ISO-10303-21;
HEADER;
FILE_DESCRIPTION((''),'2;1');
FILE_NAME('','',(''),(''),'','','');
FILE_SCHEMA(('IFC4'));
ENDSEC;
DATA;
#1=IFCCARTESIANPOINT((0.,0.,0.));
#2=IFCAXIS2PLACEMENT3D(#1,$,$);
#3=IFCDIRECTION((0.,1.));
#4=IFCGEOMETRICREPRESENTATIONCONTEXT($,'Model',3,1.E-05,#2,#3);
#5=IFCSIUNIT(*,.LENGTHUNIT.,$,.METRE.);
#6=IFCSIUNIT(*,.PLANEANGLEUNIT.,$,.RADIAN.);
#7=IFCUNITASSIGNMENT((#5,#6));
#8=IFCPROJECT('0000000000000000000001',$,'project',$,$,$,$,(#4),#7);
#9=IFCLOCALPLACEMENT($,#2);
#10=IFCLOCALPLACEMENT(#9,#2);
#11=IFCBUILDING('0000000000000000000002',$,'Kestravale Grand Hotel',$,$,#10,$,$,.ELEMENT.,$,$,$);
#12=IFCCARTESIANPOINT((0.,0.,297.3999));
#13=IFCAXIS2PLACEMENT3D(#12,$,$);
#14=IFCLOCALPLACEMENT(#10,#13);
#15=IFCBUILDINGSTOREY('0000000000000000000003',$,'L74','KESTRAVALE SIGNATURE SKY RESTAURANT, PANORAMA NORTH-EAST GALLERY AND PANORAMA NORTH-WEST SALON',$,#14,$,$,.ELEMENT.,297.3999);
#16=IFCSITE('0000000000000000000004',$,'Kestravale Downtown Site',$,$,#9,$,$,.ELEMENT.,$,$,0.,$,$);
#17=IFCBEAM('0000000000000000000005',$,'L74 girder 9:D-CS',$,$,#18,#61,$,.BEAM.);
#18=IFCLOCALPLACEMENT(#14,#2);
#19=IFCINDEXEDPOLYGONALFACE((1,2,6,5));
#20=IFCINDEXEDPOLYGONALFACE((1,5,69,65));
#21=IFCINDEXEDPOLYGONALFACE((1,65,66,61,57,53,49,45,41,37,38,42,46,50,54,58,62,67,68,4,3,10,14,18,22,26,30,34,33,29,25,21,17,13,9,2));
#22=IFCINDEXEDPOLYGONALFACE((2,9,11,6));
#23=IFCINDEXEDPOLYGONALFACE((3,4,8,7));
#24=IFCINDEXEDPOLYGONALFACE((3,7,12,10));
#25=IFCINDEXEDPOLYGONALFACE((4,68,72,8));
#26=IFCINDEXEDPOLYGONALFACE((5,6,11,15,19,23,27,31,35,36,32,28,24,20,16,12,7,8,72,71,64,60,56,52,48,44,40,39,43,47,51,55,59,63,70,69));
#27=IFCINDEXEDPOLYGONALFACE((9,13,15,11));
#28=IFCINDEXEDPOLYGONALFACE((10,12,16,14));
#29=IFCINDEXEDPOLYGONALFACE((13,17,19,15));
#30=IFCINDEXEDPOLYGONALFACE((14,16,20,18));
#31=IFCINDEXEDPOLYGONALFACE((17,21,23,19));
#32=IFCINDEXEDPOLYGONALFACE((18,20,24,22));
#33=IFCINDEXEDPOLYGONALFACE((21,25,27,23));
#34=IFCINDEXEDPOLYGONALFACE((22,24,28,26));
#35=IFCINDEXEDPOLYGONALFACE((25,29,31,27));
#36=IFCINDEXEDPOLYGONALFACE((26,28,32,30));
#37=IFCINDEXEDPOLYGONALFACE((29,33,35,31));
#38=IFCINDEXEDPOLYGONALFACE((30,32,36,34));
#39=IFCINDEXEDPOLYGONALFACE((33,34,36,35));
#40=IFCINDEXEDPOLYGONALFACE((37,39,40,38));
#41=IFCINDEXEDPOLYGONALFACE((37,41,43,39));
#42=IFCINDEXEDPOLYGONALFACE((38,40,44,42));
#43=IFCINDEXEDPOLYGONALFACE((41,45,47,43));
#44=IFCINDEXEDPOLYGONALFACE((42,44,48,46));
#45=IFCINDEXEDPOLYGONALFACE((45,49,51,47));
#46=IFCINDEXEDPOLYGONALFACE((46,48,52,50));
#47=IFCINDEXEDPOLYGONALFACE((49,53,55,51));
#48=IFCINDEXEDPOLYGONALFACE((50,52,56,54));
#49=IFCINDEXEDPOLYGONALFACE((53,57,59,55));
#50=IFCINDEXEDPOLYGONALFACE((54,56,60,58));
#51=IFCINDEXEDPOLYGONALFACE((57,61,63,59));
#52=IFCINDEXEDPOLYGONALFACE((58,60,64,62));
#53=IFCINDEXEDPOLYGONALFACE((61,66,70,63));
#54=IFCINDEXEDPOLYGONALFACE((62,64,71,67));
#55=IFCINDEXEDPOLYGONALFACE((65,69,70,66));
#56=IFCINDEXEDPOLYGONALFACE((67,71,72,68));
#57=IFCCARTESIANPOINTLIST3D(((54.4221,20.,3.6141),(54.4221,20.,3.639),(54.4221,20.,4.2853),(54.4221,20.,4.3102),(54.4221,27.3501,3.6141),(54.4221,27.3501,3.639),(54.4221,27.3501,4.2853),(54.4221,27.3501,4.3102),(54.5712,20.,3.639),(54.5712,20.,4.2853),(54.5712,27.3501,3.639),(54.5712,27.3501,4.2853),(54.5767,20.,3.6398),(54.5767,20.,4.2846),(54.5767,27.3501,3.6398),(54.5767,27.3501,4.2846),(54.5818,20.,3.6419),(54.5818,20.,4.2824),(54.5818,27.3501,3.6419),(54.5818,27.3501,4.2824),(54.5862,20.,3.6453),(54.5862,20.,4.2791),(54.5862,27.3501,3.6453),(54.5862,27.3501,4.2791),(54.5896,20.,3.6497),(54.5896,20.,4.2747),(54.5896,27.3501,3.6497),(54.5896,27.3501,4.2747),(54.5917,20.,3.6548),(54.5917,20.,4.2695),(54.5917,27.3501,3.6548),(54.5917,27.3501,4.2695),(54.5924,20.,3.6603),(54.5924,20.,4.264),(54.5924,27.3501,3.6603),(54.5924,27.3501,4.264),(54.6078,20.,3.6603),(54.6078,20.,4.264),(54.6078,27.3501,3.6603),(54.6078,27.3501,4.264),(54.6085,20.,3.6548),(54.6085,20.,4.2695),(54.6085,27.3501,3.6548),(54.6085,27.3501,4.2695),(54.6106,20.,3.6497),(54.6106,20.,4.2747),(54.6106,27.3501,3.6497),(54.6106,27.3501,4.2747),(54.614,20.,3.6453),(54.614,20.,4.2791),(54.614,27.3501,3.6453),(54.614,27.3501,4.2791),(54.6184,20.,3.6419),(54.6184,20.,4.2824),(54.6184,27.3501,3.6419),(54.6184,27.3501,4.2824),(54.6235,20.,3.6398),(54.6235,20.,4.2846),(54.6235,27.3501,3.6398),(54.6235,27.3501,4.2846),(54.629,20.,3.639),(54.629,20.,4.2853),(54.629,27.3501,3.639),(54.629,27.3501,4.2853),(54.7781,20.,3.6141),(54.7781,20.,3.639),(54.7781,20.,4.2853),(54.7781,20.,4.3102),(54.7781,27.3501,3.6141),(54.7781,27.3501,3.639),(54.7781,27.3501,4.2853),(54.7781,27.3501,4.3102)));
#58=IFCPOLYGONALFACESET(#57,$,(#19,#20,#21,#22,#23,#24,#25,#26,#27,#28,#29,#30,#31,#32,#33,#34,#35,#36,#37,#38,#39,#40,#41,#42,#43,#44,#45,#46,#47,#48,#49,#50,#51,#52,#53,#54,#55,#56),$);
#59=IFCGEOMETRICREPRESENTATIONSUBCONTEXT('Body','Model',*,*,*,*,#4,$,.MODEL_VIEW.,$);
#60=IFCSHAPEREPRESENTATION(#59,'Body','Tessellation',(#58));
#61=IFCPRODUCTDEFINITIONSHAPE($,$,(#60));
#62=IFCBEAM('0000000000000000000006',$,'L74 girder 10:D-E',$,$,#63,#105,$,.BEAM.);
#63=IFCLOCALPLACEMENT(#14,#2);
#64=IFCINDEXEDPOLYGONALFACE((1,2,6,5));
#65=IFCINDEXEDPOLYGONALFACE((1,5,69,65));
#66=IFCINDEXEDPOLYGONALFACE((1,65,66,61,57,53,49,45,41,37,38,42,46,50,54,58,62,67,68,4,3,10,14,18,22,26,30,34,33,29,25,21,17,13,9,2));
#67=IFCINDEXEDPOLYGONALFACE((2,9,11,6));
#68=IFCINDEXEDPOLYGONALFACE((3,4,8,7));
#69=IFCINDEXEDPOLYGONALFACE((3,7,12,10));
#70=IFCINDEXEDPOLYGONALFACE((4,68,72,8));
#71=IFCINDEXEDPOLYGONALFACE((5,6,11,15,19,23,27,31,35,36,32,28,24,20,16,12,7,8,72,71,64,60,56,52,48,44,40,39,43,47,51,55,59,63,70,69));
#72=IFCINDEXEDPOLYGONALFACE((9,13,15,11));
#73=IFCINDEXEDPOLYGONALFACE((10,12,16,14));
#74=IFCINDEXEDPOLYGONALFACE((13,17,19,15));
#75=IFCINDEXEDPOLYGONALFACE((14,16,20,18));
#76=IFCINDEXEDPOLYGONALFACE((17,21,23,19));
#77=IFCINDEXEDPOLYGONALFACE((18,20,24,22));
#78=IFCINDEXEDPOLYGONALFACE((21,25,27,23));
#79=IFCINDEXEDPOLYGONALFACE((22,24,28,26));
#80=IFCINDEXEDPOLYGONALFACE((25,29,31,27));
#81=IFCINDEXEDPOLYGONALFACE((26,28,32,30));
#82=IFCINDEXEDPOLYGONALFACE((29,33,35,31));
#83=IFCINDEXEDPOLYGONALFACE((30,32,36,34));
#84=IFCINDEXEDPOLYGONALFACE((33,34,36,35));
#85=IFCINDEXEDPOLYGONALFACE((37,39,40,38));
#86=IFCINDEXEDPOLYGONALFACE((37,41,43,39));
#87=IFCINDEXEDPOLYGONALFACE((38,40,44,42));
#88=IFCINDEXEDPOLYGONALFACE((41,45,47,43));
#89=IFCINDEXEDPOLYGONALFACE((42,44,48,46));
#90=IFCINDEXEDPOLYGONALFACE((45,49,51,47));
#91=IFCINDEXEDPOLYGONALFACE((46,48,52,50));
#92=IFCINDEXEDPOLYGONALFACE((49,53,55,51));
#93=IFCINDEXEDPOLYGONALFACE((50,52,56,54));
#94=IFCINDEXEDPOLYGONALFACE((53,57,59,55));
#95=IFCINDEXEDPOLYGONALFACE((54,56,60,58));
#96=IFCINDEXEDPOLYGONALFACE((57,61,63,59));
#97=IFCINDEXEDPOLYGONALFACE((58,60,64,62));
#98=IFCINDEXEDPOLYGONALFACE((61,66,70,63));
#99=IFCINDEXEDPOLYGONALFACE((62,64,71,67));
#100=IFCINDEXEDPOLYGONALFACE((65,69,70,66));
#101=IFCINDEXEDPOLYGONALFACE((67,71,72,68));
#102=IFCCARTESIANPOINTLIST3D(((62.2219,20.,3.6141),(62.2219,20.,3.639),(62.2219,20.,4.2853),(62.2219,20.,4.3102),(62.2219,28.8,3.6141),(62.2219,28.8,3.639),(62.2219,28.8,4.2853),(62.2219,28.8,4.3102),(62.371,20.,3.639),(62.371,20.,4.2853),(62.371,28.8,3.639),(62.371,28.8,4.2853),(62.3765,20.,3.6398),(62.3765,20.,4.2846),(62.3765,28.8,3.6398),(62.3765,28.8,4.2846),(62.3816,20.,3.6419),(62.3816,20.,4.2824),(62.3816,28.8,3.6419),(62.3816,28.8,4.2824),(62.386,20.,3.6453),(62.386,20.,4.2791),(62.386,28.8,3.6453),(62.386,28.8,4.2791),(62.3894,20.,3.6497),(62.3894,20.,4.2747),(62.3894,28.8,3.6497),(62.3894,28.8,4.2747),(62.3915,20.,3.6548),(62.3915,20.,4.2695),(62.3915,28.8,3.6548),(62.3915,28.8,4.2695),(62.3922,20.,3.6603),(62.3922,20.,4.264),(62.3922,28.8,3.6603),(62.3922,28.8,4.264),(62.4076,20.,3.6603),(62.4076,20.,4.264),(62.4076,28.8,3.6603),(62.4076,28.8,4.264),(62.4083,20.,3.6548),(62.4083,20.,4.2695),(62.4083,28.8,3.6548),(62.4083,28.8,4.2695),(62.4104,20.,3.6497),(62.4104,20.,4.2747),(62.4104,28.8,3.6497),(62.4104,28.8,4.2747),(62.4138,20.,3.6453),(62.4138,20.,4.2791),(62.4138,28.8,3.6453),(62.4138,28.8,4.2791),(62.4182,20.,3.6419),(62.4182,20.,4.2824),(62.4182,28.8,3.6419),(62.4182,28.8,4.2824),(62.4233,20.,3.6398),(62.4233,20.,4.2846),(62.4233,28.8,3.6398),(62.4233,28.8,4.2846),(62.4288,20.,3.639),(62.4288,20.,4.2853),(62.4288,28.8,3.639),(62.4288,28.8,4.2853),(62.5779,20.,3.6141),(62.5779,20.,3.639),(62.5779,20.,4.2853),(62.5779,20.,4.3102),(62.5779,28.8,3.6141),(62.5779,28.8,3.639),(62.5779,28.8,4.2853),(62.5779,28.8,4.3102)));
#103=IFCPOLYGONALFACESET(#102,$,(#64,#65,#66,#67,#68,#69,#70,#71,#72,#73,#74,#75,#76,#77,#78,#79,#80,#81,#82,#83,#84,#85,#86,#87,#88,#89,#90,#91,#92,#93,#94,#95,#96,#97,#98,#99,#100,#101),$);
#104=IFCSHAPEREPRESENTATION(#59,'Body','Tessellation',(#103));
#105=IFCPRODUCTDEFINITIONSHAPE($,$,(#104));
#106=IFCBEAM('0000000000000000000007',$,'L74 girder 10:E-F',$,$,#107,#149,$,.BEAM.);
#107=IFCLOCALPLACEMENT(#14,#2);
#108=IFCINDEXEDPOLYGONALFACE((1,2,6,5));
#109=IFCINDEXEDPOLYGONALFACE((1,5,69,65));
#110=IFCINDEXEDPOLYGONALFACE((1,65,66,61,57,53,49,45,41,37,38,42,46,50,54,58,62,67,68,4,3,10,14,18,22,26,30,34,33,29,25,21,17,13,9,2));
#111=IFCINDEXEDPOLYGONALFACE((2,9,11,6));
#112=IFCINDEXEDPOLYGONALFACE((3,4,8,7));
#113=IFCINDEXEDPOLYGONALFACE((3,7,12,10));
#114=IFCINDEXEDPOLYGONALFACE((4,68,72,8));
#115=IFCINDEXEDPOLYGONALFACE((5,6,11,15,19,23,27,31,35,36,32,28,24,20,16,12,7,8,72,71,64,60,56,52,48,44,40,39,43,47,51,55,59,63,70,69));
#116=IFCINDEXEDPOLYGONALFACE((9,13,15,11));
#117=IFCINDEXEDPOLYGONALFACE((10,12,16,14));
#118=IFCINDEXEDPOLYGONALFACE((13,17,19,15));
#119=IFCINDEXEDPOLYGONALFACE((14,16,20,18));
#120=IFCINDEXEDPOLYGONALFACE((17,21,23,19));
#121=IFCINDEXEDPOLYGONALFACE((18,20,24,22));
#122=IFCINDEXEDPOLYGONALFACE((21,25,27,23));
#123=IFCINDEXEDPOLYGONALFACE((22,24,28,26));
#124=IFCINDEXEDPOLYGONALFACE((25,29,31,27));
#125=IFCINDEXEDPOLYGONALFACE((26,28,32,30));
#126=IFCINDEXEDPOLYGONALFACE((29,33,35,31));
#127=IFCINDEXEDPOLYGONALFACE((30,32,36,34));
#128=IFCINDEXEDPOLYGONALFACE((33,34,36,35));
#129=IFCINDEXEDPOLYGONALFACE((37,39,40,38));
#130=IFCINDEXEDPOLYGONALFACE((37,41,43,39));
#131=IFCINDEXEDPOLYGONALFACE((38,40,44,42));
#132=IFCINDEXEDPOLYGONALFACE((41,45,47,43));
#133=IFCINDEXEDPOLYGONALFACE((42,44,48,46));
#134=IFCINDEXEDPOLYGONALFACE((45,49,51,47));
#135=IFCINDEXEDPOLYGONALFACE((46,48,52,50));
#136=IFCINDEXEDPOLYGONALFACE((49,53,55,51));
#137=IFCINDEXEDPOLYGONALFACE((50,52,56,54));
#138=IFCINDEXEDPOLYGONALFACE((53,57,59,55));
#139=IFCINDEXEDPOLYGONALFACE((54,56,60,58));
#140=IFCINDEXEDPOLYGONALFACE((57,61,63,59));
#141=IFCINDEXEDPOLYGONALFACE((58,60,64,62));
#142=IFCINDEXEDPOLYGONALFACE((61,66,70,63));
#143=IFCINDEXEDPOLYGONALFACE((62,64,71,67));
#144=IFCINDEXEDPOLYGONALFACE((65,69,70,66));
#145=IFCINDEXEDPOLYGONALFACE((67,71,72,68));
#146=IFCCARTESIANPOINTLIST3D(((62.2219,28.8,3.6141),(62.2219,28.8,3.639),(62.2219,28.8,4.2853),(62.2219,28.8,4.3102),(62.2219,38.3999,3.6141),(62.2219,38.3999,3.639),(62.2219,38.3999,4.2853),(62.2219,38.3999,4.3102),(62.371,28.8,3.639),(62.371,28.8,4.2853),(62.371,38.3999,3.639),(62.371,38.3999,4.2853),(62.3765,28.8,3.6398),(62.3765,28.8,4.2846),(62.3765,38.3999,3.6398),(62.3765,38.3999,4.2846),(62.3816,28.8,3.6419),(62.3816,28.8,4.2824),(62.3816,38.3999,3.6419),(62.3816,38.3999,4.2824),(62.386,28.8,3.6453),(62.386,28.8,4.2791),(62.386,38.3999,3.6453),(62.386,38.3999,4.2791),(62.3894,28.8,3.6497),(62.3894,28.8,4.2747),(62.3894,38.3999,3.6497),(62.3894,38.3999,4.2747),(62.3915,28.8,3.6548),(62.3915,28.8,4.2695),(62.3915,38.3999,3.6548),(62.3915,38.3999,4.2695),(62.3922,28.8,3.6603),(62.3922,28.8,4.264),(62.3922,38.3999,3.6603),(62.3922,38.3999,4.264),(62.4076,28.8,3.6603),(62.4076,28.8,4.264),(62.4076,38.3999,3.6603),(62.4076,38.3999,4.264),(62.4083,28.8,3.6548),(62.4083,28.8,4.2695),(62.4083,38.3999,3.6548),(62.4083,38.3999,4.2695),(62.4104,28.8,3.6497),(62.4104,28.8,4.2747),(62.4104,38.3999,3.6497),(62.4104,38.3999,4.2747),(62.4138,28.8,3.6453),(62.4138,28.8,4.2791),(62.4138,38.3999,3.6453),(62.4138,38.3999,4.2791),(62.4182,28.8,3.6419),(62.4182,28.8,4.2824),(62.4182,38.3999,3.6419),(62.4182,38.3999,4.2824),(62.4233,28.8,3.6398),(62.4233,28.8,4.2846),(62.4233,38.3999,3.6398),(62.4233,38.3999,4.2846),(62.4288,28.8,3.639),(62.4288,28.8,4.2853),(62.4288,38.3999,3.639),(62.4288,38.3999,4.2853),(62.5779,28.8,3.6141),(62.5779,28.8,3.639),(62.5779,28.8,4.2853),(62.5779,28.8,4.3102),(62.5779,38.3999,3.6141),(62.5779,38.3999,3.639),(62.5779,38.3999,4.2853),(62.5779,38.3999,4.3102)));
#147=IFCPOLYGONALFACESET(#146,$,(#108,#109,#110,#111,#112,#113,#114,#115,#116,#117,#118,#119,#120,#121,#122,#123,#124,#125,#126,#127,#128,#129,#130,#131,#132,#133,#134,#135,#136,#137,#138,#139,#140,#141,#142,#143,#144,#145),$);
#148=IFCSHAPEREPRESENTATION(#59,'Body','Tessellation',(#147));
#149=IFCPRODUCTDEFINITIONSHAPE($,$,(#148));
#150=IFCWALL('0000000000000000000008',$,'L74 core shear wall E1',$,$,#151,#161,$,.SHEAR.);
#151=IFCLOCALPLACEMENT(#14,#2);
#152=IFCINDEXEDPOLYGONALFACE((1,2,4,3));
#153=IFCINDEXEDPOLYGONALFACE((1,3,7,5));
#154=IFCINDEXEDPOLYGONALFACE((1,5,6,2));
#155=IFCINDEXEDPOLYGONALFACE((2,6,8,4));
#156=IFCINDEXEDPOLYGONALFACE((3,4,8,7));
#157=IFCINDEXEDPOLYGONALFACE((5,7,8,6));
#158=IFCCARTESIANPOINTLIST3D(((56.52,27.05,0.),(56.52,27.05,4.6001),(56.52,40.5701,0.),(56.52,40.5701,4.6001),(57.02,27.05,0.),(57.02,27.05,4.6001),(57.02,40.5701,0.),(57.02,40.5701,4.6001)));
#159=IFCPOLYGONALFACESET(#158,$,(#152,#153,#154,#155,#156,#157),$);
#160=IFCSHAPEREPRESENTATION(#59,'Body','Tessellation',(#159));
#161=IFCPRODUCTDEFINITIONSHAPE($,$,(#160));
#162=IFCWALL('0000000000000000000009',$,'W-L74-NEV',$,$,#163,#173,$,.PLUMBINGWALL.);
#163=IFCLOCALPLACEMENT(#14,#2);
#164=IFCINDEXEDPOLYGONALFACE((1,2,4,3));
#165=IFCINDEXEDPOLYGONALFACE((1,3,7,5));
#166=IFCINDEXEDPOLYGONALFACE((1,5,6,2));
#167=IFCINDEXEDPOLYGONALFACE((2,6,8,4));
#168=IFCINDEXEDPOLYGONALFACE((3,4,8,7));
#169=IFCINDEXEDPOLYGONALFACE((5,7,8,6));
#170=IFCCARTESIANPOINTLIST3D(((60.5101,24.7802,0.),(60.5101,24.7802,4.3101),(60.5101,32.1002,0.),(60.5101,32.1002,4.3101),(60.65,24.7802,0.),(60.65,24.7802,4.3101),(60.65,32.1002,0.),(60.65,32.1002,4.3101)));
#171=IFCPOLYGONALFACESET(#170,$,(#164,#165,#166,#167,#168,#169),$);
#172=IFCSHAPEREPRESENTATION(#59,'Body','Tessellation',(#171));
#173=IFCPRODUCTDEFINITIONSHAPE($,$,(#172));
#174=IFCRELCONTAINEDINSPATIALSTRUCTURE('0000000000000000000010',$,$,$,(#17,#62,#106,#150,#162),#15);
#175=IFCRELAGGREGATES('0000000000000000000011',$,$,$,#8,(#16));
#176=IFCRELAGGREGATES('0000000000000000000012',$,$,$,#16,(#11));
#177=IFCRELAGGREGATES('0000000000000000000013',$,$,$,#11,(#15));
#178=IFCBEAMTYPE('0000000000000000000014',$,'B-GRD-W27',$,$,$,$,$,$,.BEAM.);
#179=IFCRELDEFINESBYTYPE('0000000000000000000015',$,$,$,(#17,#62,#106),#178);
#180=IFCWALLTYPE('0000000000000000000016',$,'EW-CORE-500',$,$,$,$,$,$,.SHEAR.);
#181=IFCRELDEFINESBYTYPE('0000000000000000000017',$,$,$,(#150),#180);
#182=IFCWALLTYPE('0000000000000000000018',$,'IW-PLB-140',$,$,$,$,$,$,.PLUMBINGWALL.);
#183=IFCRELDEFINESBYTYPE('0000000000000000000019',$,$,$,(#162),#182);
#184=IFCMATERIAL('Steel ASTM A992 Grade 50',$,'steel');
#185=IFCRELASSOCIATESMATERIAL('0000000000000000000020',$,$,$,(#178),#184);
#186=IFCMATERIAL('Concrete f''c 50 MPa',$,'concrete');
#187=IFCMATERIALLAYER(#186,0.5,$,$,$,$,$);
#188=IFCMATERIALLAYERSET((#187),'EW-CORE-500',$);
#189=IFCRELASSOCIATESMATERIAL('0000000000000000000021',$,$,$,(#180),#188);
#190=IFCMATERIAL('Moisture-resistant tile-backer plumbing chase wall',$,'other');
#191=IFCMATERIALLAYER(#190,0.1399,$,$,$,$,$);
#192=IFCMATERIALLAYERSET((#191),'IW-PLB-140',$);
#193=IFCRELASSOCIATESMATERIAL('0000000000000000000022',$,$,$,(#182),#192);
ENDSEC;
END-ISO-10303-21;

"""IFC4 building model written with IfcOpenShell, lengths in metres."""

from ifc_helpers import new_model, si_unit, direction, frame, frame_2d, origin, origin_2d, place, context, subcontext, project, spatial, rectangle, i_section, extrude, material, layer, layer_set, material_profile, profile_set, type_object, element, save


model = new_model("IFC4")

# Units and contexts
model_context = context("Model", 3, precision=1e-05, world=origin(), true_north=direction((0.0, 1.0)))
body_context = subcontext(model_context, "Body", "Model", "MODEL_VIEW")
ifc_project = project(units=[si_unit("LENGTHUNIT", "METRE"), si_unit("PLANEANGLEUNIT", "RADIAN")], contexts=[model_context])

# Site, building, storey
site_placement = place(None, origin())
site = spatial("IfcSite", under=ifc_project, at=site_placement, Name="Kestravale Downtown Site", CompositionType="ELEMENT", RefElevation=0.0)
building_placement = place(site_placement, origin())
building = spatial("IfcBuilding", under=site, at=building_placement, Name="Kestravale Grand Hotel", CompositionType="ELEMENT")
storey_placement = place(building_placement, frame((0.0, 0.0, 297.3999)))
storey = spatial("IfcBuildingStorey", under=building, at=storey_placement, Name="L74", Description="KESTRAVALE SIGNATURE SKY RESTAURANT, PANORAMA NORTH-EAST GALLERY AND PANORAMA NORTH-WEST SALON", CompositionType="ELEMENT", Elevation=297.3999)

# Beams
ifc_material_1 = material(Name="Steel ASTM A992 Grade 50", Category="steel")
ifc_material_profile_1 = material_profile(ifc_material_1, i_section(OverallWidth=0.356, OverallDepth=0.696, WebThickness=0.0154, FlangeThickness=0.0249, FilletRadius=0.0212, at=origin_2d()))
ifc_profile_set_1 = profile_set([ifc_material_profile_1], Name="Steel ASTM A992 Grade 50")
beam_type = type_object("IfcBeamType", Name="B-GRD-W27", PredefinedType="BEAM", material=ifc_profile_set_1)
beam_1_placement = place(storey_placement, frame((54.6001, 20.0, 3.9622), z_axis=(0.0, 1.0, 0.0), x_axis=(-1.0, 0.0, 0.0)))
element("IfcBeam", 1, at=beam_1_placement, inside=storey, type_object=beam_type, Name="L74 girder 9:D-CS", PredefinedType="BEAM", context=body_context, shape_type="SweptSolid", body=[
    extrude(i_section(OverallWidth=0.356, OverallDepth=0.696, WebThickness=0.0154, FlangeThickness=0.0249, FilletRadius=0.0212, at=origin_2d()), origin(), (0.0, 0.0, 1.0), 7.3501),
])
beam_2_placement = place(storey_placement, frame((62.3999, 20.0, 3.9622), z_axis=(0.0, 1.0, 0.0), x_axis=(-1.0, 0.0, 0.0)))
element("IfcBeam", 2, at=beam_2_placement, inside=storey, type_object=beam_type, Name="L74 girder 10:D-E", PredefinedType="BEAM", context=body_context, shape_type="SweptSolid", body=[
    extrude(i_section(OverallWidth=0.356, OverallDepth=0.696, WebThickness=0.0154, FlangeThickness=0.0249, FilletRadius=0.0212, at=origin_2d()), origin(), (0.0, 0.0, 1.0), 8.8),
])
beam_3_placement = place(storey_placement, frame((62.3999, 28.8, 3.9622), z_axis=(0.0, 1.0, 0.0), x_axis=(-1.0, 0.0, 0.0)))
element("IfcBeam", 3, at=beam_3_placement, inside=storey, type_object=beam_type, Name="L74 girder 10:E-F", PredefinedType="BEAM", context=body_context, shape_type="SweptSolid", body=[
    extrude(i_section(OverallWidth=0.356, OverallDepth=0.696, WebThickness=0.0154, FlangeThickness=0.0249, FilletRadius=0.0212, at=origin_2d()), origin(), (0.0, 0.0, 1.0), 9.5999),
])

# Walls
ifc_material_2 = material(Name="Concrete f'c 50 MPa", Category="concrete")
ifc_layer_1 = layer(ifc_material_2, 0.5)
ifc_layer_set_1 = layer_set([ifc_layer_1], Name="EW-CORE-500")
wall_type_1 = type_object("IfcWallType", Name="EW-CORE-500", PredefinedType="SHEAR", material=ifc_layer_set_1)
wall_1_placement = place(storey_placement, frame((56.77, 27.05, 0.0), z_axis=(0.0, 0.0, 1.0), x_axis=(0.0, 1.0, 0.0)))
element("IfcWall", 4, at=wall_1_placement, inside=storey, type_object=wall_type_1, Name="L74 core shear wall E1", PredefinedType="SHEAR", context=body_context, shape_type="SweptSolid", body=[
    extrude(rectangle(XDim=13.52, YDim=0.5, at=frame_2d((6.76, 0.0))), origin(), (0.0, 0.0, 1.0), 4.6001),
])
ifc_material_3 = material(Name="Moisture-resistant tile-backer plumbing chase wall", Category="other")
ifc_layer_2 = layer(ifc_material_3, 0.1399)
ifc_layer_set_2 = layer_set([ifc_layer_2], Name="IW-PLB-140")
wall_type_2 = type_object("IfcWallType", Name="IW-PLB-140", PredefinedType="PLUMBINGWALL", material=ifc_layer_set_2)
wall_2_placement = place(storey_placement, frame((60.5801, 24.78, 0.0), z_axis=(0.0, 0.0, 1.0), x_axis=(0.0, 1.0, 0.0)))
element("IfcWall", 5, at=wall_2_placement, inside=storey, type_object=wall_type_2, Name="W-L74-NEV", PredefinedType="PLUMBINGWALL", context=body_context, shape_type="SweptSolid", body=[
    extrude(rectangle(XDim=7.3201, YDim=0.1399, at=frame_2d((3.6602, 0.0))), origin(), (0.0, 0.0, 1.0), 4.3101),
])

save(model, "model.ifc")
